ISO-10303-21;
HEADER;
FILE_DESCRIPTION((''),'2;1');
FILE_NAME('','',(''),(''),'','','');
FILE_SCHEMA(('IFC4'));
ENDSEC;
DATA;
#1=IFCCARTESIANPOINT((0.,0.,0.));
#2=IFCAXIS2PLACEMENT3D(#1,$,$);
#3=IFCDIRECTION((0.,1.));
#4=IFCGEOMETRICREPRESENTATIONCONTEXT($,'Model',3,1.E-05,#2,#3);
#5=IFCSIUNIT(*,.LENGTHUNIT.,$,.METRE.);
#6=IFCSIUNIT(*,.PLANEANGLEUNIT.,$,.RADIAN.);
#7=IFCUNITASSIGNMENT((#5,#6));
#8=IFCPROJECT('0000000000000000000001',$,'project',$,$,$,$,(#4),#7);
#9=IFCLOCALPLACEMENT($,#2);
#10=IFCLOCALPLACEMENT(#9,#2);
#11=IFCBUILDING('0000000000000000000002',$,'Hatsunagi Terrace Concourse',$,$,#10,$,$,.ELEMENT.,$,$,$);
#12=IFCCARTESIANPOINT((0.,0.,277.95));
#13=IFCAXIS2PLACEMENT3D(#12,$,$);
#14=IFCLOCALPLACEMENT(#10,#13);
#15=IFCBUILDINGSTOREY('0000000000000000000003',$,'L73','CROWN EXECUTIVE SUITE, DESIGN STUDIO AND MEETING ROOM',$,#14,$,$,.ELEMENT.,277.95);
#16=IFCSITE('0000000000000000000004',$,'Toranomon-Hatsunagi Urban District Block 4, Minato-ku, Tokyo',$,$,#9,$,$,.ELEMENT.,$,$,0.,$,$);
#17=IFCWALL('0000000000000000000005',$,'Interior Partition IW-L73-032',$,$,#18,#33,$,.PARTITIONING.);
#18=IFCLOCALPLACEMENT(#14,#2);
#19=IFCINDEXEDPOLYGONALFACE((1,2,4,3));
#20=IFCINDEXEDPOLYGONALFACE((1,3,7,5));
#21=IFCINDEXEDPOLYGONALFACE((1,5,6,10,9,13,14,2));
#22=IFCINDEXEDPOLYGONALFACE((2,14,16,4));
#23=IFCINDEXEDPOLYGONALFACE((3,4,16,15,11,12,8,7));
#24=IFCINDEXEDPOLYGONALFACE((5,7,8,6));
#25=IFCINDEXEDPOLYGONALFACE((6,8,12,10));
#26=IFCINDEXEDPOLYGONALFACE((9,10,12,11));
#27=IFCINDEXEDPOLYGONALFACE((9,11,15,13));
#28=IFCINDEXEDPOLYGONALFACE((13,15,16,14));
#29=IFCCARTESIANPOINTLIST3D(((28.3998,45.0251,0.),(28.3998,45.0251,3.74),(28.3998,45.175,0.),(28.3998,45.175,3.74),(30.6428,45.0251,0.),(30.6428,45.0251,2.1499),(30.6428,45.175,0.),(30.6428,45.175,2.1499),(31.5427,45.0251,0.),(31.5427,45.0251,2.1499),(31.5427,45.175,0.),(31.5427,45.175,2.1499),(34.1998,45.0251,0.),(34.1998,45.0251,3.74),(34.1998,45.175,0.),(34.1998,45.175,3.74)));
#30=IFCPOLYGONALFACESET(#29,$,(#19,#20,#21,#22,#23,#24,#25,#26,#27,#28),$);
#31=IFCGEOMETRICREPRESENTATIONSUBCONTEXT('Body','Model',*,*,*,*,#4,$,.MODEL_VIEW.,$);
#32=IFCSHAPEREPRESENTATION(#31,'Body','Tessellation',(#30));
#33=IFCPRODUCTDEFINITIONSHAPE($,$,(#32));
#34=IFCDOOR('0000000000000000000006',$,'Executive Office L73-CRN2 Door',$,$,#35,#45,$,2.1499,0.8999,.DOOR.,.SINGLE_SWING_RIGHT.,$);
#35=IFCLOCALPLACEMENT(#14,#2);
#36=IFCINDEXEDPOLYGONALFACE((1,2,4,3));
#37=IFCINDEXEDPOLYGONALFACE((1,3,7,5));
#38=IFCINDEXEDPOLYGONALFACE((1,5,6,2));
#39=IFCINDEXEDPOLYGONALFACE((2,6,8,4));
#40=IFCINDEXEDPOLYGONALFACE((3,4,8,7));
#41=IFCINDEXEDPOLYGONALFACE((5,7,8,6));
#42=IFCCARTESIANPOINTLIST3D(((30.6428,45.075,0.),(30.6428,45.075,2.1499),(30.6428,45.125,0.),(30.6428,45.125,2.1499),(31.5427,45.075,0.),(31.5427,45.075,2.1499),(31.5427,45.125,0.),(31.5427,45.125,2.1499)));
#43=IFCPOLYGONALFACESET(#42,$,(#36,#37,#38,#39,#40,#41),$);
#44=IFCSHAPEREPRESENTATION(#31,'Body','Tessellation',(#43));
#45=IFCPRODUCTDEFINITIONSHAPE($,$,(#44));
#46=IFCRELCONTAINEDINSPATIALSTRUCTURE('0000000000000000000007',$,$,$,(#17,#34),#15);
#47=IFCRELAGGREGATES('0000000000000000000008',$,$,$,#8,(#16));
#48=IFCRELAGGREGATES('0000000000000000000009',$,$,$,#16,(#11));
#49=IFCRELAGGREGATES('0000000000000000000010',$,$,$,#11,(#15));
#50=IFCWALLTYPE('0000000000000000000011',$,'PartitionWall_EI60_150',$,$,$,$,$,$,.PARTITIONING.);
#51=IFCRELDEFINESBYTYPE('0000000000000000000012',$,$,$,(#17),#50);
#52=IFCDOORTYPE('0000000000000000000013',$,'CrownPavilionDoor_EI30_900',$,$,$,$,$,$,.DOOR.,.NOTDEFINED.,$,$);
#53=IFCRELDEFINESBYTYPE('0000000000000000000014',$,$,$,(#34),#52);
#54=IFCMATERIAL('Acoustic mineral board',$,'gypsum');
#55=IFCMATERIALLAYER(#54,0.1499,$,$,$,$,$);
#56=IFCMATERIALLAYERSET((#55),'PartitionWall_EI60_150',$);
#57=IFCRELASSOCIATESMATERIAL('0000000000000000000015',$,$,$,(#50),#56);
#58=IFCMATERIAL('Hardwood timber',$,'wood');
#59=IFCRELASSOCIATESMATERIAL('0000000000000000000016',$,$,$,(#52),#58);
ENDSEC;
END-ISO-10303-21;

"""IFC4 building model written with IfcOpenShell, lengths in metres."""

from ifc_helpers import new_model, si_unit, direction, frame, frame_2d, origin, place, context, subcontext, project, spatial, rectangle, extrude, material, layer, layer_set, type_object, element, fill, save


model = new_model("IFC4")

# Units and contexts
model_context = context("Model", 3, precision=1e-05, world=origin(), true_north=direction((0.0, 1.0)))
body_context = subcontext(model_context, "Body", "Model", "MODEL_VIEW")
ifc_project = project(units=[si_unit("LENGTHUNIT", "METRE"), si_unit("PLANEANGLEUNIT", "RADIAN")], contexts=[model_context])

# Site, building, storey
site_placement = place(None, origin())
site = spatial("IfcSite", under=ifc_project, at=site_placement, Name="Toranomon-Hatsunagi Urban District Block 4, Minato-ku, Tokyo", CompositionType="ELEMENT", RefElevation=0.0)
building_placement = place(site_placement, origin())
building = spatial("IfcBuilding", under=site, at=building_placement, Name="Hatsunagi Terrace Concourse", CompositionType="ELEMENT")
storey_placement = place(building_placement, frame((0.0, 0.0, 277.95)))
storey = spatial("IfcBuildingStorey", under=building, at=storey_placement, Name="L73", Description="CROWN EXECUTIVE SUITE, DESIGN STUDIO AND MEETING ROOM", CompositionType="ELEMENT", Elevation=277.95)

# Shared definitions
ifc_material_1 = material(Name="Acoustic mineral board", Category="gypsum")
ifc_layer_1 = layer(ifc_material_1, 0.1499)
ifc_layer_set_1 = layer_set([ifc_layer_1], Name="PartitionWall_EI60_150")
wall_type = type_object("IfcWallType", Name="PartitionWall_EI60_150", PredefinedType="PARTITIONING", material=ifc_layer_set_1)

# Wall, opening, door
wall_1_placement = place(storey_placement, frame((28.3999, 45.1001, 0.0), z_axis=(0.0, 0.0, 1.0), x_axis=(1.0, 0.0, 0.0)))
wall_1 = element("IfcWall", 1, at=wall_1_placement, inside=storey, type_object=wall_type, Name="Interior Partition IW-L73-032", PredefinedType="PARTITIONING", context=body_context, shape_type="SweptSolid", body=[
    extrude(rectangle(XDim=5.8, YDim=0.1499, at=frame_2d((2.8999, 0.0))), origin(), (0.0, 0.0, 1.0), 3.74),
])
opening_placement = place(wall_1_placement, frame((2.2429, 0.0, 0.0)))
opening = element("IfcOpeningElement", 2, at=opening_placement, cuts=wall_1, PredefinedType="OPENING", context=body_context, shape_type="SweptSolid", body=[
    extrude(rectangle(XDim=0.8999, YDim=2.1499, at=frame_2d((0.45, 1.075))), frame((0.0, 0.085, 0.0), z_axis=(0.0, -1.0, 0.0), x_axis=(1.0, 0.0, 0.0)), (0.0, 0.0, 1.0), 0.1699),
])
ifc_material_2 = material(Name="Hardwood timber", Category="wood")
door_type = type_object("IfcDoorType", Name="CrownPavilionDoor_EI30_900", OperationType="NOTDEFINED", PredefinedType="DOOR", material=ifc_material_2)
door_placement = place(opening_placement, origin())
door = element("IfcDoor", 3, at=door_placement, inside=storey, type_object=door_type, Name="Executive Office L73-CRN2 Door", OperationType="SINGLE_SWING_RIGHT", OverallHeight=2.1499, OverallWidth=0.8999, PredefinedType="DOOR", context=body_context, shape_type="SweptSolid", body=[
    extrude(rectangle(XDim=0.8999, YDim=2.1499, at=frame_2d((0.45, 1.075))), frame((0.0, 0.0249, 0.0), z_axis=(0.0, -1.0, 0.0), x_axis=(1.0, 0.0, 0.0)), (0.0, 0.0, 1.0), 0.05),
])
fill(opening, door)

save(model, "model.ifc")
